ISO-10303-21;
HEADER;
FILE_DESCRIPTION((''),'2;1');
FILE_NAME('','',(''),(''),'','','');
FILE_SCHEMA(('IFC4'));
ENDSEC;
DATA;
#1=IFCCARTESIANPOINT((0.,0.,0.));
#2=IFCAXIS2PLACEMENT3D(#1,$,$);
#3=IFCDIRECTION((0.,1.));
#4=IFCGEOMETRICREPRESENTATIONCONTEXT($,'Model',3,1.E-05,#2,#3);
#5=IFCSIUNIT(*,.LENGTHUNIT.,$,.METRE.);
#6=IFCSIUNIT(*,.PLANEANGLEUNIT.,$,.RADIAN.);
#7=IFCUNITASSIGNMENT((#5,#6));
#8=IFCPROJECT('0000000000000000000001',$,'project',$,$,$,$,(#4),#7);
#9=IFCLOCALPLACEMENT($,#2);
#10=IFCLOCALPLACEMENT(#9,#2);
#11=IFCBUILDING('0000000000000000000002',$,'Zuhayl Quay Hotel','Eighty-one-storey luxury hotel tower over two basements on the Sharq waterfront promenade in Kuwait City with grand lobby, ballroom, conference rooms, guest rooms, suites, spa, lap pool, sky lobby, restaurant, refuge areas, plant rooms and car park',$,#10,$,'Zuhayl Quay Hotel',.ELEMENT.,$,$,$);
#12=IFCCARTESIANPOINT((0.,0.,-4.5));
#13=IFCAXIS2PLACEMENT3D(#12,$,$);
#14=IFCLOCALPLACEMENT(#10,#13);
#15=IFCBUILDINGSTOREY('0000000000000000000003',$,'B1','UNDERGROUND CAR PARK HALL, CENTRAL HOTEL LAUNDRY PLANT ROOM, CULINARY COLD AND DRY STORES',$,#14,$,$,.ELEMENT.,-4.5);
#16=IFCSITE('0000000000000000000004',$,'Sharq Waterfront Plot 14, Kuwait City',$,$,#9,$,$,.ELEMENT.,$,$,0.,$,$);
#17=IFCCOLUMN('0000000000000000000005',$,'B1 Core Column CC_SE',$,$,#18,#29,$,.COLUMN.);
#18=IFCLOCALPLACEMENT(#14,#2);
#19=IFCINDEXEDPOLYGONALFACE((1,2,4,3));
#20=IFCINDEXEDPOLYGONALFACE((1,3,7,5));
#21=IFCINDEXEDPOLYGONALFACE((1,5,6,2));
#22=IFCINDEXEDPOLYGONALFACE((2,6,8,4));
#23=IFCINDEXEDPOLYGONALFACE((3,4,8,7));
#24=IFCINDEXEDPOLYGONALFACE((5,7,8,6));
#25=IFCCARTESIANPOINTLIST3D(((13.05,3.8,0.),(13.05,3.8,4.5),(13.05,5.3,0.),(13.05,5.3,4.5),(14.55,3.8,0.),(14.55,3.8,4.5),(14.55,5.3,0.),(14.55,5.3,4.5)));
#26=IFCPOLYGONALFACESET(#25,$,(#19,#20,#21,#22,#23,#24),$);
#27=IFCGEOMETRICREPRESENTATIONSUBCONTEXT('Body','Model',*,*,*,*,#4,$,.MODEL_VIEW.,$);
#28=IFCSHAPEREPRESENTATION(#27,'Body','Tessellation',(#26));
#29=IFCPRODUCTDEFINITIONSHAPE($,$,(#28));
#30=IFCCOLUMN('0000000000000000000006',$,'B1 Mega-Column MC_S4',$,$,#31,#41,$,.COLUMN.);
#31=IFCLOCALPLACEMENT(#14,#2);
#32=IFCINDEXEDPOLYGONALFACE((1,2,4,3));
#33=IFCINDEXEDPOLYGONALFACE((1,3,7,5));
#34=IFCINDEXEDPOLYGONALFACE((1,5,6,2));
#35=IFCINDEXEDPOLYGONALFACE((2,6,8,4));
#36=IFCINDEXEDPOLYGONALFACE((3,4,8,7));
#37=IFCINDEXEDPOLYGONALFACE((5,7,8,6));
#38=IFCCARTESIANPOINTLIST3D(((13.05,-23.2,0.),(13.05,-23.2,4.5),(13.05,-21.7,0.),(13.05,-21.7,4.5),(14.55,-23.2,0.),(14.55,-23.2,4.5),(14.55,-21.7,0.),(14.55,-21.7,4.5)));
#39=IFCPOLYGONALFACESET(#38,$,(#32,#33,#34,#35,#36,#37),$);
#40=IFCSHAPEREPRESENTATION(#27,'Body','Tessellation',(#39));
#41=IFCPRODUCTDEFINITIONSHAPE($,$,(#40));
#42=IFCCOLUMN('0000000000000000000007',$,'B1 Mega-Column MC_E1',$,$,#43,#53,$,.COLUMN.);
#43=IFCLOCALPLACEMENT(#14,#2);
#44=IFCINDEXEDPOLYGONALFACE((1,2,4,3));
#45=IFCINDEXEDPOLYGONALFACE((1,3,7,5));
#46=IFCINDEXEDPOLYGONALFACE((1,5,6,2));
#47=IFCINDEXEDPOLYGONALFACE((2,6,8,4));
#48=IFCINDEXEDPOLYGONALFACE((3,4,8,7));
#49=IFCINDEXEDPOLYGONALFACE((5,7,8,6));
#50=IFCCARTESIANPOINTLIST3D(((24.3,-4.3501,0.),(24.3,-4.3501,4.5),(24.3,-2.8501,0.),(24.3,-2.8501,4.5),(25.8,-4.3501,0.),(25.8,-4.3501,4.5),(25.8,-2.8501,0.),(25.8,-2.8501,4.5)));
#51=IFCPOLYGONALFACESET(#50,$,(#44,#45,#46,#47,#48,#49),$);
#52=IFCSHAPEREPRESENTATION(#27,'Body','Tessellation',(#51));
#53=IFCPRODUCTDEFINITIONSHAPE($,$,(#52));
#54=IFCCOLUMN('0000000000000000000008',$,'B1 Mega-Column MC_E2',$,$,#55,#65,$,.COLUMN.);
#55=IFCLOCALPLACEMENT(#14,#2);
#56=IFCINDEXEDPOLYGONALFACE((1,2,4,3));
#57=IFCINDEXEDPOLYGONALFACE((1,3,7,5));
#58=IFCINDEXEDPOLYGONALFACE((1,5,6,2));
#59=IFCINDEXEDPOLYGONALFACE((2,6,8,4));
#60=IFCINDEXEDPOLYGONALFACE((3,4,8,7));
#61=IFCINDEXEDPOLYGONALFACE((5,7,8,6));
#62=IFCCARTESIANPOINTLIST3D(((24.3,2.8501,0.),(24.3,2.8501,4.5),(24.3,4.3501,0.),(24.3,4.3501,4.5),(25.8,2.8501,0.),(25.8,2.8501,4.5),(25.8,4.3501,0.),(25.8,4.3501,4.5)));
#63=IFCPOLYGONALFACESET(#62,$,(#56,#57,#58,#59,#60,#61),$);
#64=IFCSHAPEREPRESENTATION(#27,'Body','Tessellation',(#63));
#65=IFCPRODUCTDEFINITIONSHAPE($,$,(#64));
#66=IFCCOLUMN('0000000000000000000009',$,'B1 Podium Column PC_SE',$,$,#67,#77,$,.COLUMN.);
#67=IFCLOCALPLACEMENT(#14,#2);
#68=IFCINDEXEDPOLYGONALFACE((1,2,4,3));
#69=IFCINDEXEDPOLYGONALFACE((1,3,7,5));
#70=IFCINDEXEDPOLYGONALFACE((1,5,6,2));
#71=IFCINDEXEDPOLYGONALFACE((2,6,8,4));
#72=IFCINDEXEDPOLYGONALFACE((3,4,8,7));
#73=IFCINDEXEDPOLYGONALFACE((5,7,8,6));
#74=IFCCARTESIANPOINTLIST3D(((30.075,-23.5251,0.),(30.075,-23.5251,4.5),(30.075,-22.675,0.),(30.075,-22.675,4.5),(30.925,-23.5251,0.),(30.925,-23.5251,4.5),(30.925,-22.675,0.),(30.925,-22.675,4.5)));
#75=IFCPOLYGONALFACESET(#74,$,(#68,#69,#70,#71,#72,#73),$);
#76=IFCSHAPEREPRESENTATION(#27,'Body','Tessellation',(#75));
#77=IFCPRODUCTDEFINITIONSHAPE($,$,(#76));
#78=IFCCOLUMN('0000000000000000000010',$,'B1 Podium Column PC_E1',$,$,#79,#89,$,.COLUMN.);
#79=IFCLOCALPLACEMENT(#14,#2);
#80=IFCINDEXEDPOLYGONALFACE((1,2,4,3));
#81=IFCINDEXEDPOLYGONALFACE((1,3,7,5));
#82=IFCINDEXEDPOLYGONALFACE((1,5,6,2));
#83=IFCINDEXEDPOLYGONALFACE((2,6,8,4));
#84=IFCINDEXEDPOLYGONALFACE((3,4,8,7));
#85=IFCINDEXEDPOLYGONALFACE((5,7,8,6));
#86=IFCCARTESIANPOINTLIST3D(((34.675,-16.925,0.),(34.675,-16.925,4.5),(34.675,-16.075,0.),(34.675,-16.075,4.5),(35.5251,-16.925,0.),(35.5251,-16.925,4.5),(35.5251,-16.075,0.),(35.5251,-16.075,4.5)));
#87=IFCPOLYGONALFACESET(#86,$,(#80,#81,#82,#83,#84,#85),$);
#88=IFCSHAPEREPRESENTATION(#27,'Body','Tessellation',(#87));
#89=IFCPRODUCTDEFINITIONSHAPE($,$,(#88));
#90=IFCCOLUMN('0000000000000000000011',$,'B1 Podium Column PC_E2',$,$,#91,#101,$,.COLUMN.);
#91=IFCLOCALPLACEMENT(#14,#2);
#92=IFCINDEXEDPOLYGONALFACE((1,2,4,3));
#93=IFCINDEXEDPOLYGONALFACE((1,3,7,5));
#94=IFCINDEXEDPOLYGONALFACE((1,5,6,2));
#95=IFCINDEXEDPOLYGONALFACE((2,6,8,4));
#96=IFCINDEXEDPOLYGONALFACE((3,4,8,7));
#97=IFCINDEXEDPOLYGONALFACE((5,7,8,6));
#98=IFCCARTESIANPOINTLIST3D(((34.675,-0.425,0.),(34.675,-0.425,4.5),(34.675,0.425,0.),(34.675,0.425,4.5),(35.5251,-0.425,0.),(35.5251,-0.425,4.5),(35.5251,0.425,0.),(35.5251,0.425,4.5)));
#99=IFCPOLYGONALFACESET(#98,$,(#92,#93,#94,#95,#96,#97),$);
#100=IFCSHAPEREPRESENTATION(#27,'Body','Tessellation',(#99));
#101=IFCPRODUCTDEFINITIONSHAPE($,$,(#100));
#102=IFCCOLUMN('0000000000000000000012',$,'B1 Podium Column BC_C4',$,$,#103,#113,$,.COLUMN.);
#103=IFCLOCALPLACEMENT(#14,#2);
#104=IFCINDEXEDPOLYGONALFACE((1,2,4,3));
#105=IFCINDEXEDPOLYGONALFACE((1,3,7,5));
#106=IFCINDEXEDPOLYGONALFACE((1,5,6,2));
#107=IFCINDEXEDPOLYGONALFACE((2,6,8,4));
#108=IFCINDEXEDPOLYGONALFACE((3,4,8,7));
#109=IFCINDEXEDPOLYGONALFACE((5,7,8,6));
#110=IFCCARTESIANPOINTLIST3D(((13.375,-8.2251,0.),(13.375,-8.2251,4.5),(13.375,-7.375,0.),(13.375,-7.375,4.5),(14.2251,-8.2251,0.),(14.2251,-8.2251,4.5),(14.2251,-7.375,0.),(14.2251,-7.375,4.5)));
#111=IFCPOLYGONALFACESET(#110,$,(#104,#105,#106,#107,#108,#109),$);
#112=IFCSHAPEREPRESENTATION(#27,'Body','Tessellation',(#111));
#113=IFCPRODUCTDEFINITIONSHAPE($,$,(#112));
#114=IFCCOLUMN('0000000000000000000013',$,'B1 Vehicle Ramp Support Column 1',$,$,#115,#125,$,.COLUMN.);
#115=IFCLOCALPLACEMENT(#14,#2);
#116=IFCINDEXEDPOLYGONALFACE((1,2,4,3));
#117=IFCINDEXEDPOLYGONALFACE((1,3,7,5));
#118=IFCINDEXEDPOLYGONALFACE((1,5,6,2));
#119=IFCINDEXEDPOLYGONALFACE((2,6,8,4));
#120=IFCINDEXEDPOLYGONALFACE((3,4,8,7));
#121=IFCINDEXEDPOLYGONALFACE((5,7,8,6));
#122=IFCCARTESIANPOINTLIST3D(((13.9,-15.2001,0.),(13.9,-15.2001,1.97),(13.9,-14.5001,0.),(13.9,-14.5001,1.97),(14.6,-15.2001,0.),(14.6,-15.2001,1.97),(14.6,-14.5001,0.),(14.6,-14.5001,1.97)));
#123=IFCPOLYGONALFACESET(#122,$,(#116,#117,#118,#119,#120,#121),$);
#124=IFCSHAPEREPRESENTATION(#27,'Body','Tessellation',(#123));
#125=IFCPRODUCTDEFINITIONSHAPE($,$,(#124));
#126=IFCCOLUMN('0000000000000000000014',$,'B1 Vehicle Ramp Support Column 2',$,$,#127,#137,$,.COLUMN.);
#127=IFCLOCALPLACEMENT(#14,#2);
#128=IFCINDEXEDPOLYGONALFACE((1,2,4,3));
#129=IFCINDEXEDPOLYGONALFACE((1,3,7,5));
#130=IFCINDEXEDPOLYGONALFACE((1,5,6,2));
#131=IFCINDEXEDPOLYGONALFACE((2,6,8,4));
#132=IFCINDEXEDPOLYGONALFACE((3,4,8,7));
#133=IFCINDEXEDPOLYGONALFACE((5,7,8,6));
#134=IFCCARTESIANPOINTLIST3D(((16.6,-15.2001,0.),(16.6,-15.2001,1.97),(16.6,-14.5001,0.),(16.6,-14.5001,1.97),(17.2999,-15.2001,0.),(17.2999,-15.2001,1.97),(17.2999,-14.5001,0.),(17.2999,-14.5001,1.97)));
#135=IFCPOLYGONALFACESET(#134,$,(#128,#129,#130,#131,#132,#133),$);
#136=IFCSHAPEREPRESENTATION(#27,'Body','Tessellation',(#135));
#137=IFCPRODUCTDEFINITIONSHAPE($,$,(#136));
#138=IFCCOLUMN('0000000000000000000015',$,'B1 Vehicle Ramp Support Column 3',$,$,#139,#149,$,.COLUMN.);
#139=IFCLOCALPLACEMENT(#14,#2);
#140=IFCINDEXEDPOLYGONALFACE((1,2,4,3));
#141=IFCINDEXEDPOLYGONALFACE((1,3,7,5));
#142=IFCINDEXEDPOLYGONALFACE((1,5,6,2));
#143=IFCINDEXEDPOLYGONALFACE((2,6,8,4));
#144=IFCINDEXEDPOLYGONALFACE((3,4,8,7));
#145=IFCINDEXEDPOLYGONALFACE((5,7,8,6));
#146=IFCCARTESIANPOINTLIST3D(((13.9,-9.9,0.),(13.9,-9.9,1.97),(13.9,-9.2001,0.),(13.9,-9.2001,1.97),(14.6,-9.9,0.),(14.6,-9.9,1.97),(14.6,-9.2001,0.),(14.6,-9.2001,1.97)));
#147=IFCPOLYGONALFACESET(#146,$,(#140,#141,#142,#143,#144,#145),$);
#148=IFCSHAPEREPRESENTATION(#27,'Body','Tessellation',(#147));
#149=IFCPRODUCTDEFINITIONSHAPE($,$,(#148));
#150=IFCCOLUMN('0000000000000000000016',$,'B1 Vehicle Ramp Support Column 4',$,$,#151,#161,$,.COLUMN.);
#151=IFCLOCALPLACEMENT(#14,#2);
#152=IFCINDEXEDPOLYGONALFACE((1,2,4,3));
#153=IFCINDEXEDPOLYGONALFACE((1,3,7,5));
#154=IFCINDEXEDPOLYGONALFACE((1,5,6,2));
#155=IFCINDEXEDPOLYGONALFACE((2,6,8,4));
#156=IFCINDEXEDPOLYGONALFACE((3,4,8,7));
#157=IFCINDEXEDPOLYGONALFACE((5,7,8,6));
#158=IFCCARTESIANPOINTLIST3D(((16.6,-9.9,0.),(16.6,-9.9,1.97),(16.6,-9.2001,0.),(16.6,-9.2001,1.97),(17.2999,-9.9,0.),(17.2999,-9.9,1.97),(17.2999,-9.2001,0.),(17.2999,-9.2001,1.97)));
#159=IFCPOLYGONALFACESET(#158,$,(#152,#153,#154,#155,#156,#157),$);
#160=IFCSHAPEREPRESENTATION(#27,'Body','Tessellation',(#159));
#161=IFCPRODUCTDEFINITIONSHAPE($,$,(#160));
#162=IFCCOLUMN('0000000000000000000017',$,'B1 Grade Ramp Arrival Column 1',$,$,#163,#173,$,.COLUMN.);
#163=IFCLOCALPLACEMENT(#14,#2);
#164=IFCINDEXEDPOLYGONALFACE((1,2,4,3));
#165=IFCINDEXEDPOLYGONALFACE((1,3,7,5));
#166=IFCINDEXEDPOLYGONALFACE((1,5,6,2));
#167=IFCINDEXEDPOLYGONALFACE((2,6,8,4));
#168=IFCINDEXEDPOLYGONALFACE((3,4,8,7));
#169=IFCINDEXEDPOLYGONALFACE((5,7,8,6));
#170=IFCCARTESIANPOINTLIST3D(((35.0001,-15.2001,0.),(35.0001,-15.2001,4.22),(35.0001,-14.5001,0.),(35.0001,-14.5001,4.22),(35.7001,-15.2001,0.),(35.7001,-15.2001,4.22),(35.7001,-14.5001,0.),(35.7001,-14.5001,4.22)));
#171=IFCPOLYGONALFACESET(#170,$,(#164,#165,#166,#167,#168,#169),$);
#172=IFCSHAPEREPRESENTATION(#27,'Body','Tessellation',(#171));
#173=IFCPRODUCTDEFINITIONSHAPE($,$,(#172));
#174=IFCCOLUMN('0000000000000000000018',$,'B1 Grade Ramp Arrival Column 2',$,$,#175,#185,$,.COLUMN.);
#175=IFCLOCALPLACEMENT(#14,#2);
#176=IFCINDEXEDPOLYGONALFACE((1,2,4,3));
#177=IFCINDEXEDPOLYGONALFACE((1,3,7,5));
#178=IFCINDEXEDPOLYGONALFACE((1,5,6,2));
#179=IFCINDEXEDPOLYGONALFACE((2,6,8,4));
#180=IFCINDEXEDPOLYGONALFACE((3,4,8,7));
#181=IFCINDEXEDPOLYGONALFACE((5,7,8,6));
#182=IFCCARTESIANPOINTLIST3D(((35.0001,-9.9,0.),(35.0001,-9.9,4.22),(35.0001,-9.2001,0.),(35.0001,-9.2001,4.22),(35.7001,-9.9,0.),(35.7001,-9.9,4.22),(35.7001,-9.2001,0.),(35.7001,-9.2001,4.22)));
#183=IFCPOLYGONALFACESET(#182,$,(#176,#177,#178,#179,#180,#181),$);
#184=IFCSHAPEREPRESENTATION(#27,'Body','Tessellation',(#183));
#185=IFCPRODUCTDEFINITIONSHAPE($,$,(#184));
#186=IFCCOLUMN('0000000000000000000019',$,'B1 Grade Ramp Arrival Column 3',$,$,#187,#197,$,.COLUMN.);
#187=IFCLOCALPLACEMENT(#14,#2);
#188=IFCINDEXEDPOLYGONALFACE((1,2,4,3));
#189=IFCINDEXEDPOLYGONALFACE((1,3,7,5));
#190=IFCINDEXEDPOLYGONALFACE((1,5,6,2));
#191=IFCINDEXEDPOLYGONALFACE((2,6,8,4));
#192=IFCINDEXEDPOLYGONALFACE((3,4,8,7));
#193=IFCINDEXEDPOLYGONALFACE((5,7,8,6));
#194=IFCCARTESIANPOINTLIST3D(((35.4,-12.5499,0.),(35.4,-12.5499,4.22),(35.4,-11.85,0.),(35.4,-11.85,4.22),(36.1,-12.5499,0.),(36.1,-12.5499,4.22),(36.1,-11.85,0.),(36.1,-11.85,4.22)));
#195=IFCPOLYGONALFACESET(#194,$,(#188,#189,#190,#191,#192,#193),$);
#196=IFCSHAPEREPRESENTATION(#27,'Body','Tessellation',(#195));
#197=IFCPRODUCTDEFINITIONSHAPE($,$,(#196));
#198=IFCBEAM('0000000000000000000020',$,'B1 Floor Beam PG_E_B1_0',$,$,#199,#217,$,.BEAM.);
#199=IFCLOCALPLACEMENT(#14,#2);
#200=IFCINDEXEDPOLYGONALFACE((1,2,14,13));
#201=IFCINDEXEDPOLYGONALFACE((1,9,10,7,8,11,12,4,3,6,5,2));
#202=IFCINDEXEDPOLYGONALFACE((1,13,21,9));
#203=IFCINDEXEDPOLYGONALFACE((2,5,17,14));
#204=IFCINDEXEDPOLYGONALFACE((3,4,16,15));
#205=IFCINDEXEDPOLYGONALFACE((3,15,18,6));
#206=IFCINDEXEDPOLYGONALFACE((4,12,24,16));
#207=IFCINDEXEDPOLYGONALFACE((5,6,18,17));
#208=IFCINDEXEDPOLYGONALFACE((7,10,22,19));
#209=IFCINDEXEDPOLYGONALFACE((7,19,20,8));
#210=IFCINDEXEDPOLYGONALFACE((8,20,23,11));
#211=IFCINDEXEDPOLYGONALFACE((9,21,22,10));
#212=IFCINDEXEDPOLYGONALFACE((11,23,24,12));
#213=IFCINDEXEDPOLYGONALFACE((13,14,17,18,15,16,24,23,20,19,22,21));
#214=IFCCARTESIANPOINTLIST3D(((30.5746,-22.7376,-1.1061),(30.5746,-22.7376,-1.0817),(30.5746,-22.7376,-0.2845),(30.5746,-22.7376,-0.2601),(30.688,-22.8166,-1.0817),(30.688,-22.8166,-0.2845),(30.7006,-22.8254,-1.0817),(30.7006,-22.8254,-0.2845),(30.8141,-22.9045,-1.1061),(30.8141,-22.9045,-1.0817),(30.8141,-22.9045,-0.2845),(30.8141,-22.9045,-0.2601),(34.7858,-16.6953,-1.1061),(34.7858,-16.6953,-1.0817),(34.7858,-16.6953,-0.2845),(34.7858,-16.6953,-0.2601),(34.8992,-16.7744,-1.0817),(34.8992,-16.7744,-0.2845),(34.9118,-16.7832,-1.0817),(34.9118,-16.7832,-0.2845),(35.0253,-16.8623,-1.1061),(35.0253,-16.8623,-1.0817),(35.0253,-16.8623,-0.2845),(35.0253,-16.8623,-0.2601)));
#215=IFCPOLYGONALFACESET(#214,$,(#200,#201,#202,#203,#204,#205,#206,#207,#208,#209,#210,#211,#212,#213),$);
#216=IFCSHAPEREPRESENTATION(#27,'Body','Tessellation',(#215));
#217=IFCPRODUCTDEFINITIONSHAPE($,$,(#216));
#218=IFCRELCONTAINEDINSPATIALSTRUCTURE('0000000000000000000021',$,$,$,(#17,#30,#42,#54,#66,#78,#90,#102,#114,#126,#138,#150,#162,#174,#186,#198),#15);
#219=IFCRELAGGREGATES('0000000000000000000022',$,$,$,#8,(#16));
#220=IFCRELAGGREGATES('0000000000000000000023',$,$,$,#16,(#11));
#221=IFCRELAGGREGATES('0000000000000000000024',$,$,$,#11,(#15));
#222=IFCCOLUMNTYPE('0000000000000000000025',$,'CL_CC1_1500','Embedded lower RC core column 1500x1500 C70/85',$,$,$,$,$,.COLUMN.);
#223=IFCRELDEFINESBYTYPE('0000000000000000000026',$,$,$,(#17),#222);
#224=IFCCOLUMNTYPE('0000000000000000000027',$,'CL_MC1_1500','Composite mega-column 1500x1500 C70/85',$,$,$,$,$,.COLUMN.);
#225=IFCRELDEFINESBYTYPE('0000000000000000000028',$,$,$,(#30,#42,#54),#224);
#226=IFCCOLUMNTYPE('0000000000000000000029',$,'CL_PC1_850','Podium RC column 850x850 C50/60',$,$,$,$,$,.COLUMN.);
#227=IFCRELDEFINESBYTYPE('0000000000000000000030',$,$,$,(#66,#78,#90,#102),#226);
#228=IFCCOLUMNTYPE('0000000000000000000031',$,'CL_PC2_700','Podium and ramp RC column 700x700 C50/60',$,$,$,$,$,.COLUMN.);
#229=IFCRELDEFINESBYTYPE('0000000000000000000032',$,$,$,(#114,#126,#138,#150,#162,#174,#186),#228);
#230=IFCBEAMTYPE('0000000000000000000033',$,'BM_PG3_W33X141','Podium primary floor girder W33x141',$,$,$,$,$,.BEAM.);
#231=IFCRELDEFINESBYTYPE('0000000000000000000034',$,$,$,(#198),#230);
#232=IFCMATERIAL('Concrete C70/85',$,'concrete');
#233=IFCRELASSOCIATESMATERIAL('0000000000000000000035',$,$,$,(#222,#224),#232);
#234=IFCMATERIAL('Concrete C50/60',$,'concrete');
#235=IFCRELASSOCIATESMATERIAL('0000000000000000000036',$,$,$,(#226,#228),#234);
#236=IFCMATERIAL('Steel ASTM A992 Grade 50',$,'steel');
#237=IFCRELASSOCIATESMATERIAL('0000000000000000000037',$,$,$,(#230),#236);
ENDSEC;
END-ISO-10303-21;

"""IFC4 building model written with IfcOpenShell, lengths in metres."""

from ifc_helpers import new_model, si_unit, direction, frame, origin, origin_2d, place, context, subcontext, project, spatial, rectangle, i_section, extrude, material, material_profile, profile_set, type_object, element, save


model = new_model("IFC4")

# Units and contexts
model_context = context("Model", 3, precision=1e-05, world=origin(), true_north=direction((0.0, 1.0)))
body_context = subcontext(model_context, "Body", "Model", "MODEL_VIEW")
ifc_project = project(units=[si_unit("LENGTHUNIT", "METRE"), si_unit("PLANEANGLEUNIT", "RADIAN")], contexts=[model_context])

# Site, building, storey
site_placement = place(None, origin())
site = spatial("IfcSite", under=ifc_project, at=site_placement, Name="Sharq Waterfront Plot 14, Kuwait City", CompositionType="ELEMENT", RefElevation=0.0)
building_placement = place(site_placement, origin())
building = spatial("IfcBuilding", under=site, at=building_placement, Name="Zuhayl Quay Hotel", Description="Eighty-one-storey luxury hotel tower over two basements on the Sharq waterfront promenade in Kuwait City with grand lobby, ballroom, conference rooms, guest rooms, suites, spa, lap pool, sky lobby, restaurant, refuge areas, plant rooms and car park", LongName="Zuhayl Quay Hotel", CompositionType="ELEMENT")
storey_placement = place(building_placement, frame((0.0, 0.0, -4.5)))
storey = spatial("IfcBuildingStorey", under=building, at=storey_placement, Name="B1", Description="UNDERGROUND CAR PARK HALL, CENTRAL HOTEL LAUNDRY PLANT ROOM, CULINARY COLD AND DRY STORES", CompositionType="ELEMENT", Elevation=-4.5)

# Columns
ifc_material_1 = material(Name="Concrete C70/85", Category="concrete")
ifc_material_profile_1 = material_profile(ifc_material_1, rectangle(XDim=1.5, YDim=1.5, at=origin_2d()), Name="RC1500X1500")
ifc_profile_set_1 = profile_set([ifc_material_profile_1], Name="Concrete C70/85")
column_type_1 = type_object("IfcColumnType", Name="CL_CC1_1500", Description="Embedded lower RC core column 1500x1500 C70/85", PredefinedType="COLUMN", material=ifc_profile_set_1)
column_placement = place(storey_placement, frame((13.8, 4.55, 0.0), z_axis=(0.0, 0.0, 1.0), x_axis=(1.0, 0.0, 0.0)))
element("IfcColumn", 1, at=column_placement, inside=storey, type_object=column_type_1, Name="B1 Core Column CC_SE", PredefinedType="COLUMN", context=body_context, shape_type="SweptSolid", body=[
    extrude(rectangle(XDim=1.5, YDim=1.5, at=origin_2d()), origin(), (0.0, 0.0, 1.0), 4.5),
])
ifc_material_profile_2 = material_profile(ifc_material_1, rectangle(XDim=1.5, YDim=1.5, at=origin_2d()), Name="RC1500X1500")
ifc_profile_set_2 = profile_set([ifc_material_profile_2], Name="Concrete C70/85")
column_type_2 = type_object("IfcColumnType", Name="CL_MC1_1500", Description="Composite mega-column 1500x1500 C70/85", PredefinedType="COLUMN", material=ifc_profile_set_2)
for number, where, z_axis, x_axis, name in (
    (2, (13.8, -22.45, 0.0), (0.0, 0.0, 1.0), (1.0, 0.0, 0.0), "B1 Mega-Column MC_S4"),
    (3, (25.05, -3.6001, 0.0), (0.0, 0.0, 1.0), (1.0, 0.0, 0.0), "B1 Mega-Column MC_E1"),
    (4, (25.05, 3.6001, 0.0), (0.0, 0.0, 1.0), (1.0, 0.0, 0.0), "B1 Mega-Column MC_E2"),
):
    element("IfcColumn", number, at=place(storey_placement, frame(where, z_axis=z_axis, x_axis=x_axis)), inside=storey, type_object=column_type_2, Name=name, PredefinedType="COLUMN", context=body_context, shape_type="SweptSolid", body=[
        extrude(rectangle(XDim=1.5, YDim=1.5, at=origin_2d()), origin(), (0.0, 0.0, 1.0), 4.5),
    ])
ifc_material_2 = material(Name="Concrete C50/60", Category="concrete")
ifc_material_profile_3 = material_profile(ifc_material_2, rectangle(XDim=0.8501, YDim=0.8501, at=origin_2d()), Name="RC850X850")
ifc_profile_set_3 = profile_set([ifc_material_profile_3], Name="Concrete C50/60")
column_type_3 = type_object("IfcColumnType", Name="CL_PC1_850", Description="Podium RC column 850x850 C50/60", PredefinedType="COLUMN", material=ifc_profile_set_3)
for number, where, z_axis, x_axis, name in (
    (5, (30.5, -23.1001, 0.0), (0.0, 0.0, 1.0), (1.0, 0.0, 0.0), "B1 Podium Column PC_SE"),
    (6, (35.1001, -16.5, 0.0), (0.0, 0.0, 1.0), (1.0, 0.0, 0.0), "B1 Podium Column PC_E1"),
    (7, (35.1001, 0.0, 0.0), (0.0, 0.0, 1.0), (1.0, 0.0, 0.0), "B1 Podium Column PC_E2"),
    (8, (13.8, -7.8, 0.0), (0.0, 0.0, 1.0), (1.0, 0.0, 0.0), "B1 Podium Column BC_C4"),
):
    element("IfcColumn", number, at=place(storey_placement, frame(where, z_axis=z_axis, x_axis=x_axis)), inside=storey, type_object=column_type_3, Name=name, PredefinedType="COLUMN", context=body_context, shape_type="SweptSolid", body=[
        extrude(rectangle(XDim=0.8501, YDim=0.8501, at=origin_2d()), origin(), (0.0, 0.0, 1.0), 4.5),
    ])
ifc_material_profile_4 = material_profile(ifc_material_2, rectangle(XDim=0.7, YDim=0.7, at=origin_2d()), Name="RC700X700")
ifc_profile_set_4 = profile_set([ifc_material_profile_4], Name="Concrete C50/60")
column_type_4 = type_object("IfcColumnType", Name="CL_PC2_700", Description="Podium and ramp RC column 700x700 C50/60", PredefinedType="COLUMN", material=ifc_profile_set_4)
for number, where, z_axis, x_axis, name in (
    (9, (14.25, -14.8501, 0.0), (0.0, 0.0, 1.0), (1.0, 0.0, 0.0), "B1 Vehicle Ramp Support Column 1"),
    (10, (16.95, -14.8501, 0.0), (0.0, 0.0, 1.0), (1.0, 0.0, 0.0), "B1 Vehicle Ramp Support Column 2"),
    (11, (14.25, -9.55, 0.0), (0.0, 0.0, 1.0), (1.0, 0.0, 0.0), "B1 Vehicle Ramp Support Column 3"),
    (12, (16.95, -9.55, 0.0), (0.0, 0.0, 1.0), (1.0, 0.0, 0.0), "B1 Vehicle Ramp Support Column 4"),
):
    element("IfcColumn", number, at=place(storey_placement, frame(where, z_axis=z_axis, x_axis=x_axis)), inside=storey, type_object=column_type_4, Name=name, PredefinedType="COLUMN", context=body_context, shape_type="SweptSolid", body=[
        extrude(rectangle(XDim=0.7, YDim=0.7, at=origin_2d()), origin(), (0.0, 0.0, 1.0), 1.97),
    ])
for number, where, z_axis, x_axis, name in (
    (13, (35.3501, -14.8501, 0.0), (0.0, 0.0, 1.0), (1.0, 0.0, 0.0), "B1 Grade Ramp Arrival Column 1"),
    (14, (35.3501, -9.55, 0.0), (0.0, 0.0, 1.0), (1.0, 0.0, 0.0), "B1 Grade Ramp Arrival Column 2"),
    (15, (35.75, -12.2, 0.0), (0.0, 0.0, 1.0), (1.0, 0.0, 0.0), "B1 Grade Ramp Arrival Column 3"),
):
    element("IfcColumn", number, at=place(storey_placement, frame(where, z_axis=z_axis, x_axis=x_axis)), inside=storey, type_object=column_type_4, Name=name, PredefinedType="COLUMN", context=body_context, shape_type="SweptSolid", body=[
        extrude(rectangle(XDim=0.7, YDim=0.7, at=origin_2d()), origin(), (0.0, 0.0, 1.0), 4.22),
    ])

# Beam
ifc_material_3 = material(Name="Steel ASTM A992 Grade 50", Category="steel")
ifc_material_profile_5 = material_profile(ifc_material_3, i_section(OverallWidth=0.292, OverallDepth=0.8459, WebThickness=0.0154, FlangeThickness=0.0244, at=origin_2d()), Name="W33X141")
ifc_profile_set_5 = profile_set([ifc_material_profile_5], Name="Steel ASTM A992 Grade 50")
beam_type = type_object("IfcBeamType", Name="BM_PG3_W33X141", Description="Podium primary floor girder W33x141", PredefinedType="BEAM", material=ifc_profile_set_5)
beam_1_placement = place(storey_placement, frame((30.6943, -22.821, -0.6831), z_axis=(0.571786, 0.820403, 0.0), x_axis=(-0.820403, 0.571786, 0.0)))
element("IfcBeam", 16, at=beam_1_placement, inside=storey, type_object=beam_type, Name="B1 Floor Beam PG_E_B1_0", PredefinedType="BEAM", context=body_context, shape_type="SweptSolid", body=[
    extrude(i_section(OverallWidth=0.292, OverallDepth=0.8459, WebThickness=0.0154, FlangeThickness=0.0244, at=origin_2d()), origin(), (0.0, 0.0, 1.0), 7.365),
])

save(model, "model.ifc")
